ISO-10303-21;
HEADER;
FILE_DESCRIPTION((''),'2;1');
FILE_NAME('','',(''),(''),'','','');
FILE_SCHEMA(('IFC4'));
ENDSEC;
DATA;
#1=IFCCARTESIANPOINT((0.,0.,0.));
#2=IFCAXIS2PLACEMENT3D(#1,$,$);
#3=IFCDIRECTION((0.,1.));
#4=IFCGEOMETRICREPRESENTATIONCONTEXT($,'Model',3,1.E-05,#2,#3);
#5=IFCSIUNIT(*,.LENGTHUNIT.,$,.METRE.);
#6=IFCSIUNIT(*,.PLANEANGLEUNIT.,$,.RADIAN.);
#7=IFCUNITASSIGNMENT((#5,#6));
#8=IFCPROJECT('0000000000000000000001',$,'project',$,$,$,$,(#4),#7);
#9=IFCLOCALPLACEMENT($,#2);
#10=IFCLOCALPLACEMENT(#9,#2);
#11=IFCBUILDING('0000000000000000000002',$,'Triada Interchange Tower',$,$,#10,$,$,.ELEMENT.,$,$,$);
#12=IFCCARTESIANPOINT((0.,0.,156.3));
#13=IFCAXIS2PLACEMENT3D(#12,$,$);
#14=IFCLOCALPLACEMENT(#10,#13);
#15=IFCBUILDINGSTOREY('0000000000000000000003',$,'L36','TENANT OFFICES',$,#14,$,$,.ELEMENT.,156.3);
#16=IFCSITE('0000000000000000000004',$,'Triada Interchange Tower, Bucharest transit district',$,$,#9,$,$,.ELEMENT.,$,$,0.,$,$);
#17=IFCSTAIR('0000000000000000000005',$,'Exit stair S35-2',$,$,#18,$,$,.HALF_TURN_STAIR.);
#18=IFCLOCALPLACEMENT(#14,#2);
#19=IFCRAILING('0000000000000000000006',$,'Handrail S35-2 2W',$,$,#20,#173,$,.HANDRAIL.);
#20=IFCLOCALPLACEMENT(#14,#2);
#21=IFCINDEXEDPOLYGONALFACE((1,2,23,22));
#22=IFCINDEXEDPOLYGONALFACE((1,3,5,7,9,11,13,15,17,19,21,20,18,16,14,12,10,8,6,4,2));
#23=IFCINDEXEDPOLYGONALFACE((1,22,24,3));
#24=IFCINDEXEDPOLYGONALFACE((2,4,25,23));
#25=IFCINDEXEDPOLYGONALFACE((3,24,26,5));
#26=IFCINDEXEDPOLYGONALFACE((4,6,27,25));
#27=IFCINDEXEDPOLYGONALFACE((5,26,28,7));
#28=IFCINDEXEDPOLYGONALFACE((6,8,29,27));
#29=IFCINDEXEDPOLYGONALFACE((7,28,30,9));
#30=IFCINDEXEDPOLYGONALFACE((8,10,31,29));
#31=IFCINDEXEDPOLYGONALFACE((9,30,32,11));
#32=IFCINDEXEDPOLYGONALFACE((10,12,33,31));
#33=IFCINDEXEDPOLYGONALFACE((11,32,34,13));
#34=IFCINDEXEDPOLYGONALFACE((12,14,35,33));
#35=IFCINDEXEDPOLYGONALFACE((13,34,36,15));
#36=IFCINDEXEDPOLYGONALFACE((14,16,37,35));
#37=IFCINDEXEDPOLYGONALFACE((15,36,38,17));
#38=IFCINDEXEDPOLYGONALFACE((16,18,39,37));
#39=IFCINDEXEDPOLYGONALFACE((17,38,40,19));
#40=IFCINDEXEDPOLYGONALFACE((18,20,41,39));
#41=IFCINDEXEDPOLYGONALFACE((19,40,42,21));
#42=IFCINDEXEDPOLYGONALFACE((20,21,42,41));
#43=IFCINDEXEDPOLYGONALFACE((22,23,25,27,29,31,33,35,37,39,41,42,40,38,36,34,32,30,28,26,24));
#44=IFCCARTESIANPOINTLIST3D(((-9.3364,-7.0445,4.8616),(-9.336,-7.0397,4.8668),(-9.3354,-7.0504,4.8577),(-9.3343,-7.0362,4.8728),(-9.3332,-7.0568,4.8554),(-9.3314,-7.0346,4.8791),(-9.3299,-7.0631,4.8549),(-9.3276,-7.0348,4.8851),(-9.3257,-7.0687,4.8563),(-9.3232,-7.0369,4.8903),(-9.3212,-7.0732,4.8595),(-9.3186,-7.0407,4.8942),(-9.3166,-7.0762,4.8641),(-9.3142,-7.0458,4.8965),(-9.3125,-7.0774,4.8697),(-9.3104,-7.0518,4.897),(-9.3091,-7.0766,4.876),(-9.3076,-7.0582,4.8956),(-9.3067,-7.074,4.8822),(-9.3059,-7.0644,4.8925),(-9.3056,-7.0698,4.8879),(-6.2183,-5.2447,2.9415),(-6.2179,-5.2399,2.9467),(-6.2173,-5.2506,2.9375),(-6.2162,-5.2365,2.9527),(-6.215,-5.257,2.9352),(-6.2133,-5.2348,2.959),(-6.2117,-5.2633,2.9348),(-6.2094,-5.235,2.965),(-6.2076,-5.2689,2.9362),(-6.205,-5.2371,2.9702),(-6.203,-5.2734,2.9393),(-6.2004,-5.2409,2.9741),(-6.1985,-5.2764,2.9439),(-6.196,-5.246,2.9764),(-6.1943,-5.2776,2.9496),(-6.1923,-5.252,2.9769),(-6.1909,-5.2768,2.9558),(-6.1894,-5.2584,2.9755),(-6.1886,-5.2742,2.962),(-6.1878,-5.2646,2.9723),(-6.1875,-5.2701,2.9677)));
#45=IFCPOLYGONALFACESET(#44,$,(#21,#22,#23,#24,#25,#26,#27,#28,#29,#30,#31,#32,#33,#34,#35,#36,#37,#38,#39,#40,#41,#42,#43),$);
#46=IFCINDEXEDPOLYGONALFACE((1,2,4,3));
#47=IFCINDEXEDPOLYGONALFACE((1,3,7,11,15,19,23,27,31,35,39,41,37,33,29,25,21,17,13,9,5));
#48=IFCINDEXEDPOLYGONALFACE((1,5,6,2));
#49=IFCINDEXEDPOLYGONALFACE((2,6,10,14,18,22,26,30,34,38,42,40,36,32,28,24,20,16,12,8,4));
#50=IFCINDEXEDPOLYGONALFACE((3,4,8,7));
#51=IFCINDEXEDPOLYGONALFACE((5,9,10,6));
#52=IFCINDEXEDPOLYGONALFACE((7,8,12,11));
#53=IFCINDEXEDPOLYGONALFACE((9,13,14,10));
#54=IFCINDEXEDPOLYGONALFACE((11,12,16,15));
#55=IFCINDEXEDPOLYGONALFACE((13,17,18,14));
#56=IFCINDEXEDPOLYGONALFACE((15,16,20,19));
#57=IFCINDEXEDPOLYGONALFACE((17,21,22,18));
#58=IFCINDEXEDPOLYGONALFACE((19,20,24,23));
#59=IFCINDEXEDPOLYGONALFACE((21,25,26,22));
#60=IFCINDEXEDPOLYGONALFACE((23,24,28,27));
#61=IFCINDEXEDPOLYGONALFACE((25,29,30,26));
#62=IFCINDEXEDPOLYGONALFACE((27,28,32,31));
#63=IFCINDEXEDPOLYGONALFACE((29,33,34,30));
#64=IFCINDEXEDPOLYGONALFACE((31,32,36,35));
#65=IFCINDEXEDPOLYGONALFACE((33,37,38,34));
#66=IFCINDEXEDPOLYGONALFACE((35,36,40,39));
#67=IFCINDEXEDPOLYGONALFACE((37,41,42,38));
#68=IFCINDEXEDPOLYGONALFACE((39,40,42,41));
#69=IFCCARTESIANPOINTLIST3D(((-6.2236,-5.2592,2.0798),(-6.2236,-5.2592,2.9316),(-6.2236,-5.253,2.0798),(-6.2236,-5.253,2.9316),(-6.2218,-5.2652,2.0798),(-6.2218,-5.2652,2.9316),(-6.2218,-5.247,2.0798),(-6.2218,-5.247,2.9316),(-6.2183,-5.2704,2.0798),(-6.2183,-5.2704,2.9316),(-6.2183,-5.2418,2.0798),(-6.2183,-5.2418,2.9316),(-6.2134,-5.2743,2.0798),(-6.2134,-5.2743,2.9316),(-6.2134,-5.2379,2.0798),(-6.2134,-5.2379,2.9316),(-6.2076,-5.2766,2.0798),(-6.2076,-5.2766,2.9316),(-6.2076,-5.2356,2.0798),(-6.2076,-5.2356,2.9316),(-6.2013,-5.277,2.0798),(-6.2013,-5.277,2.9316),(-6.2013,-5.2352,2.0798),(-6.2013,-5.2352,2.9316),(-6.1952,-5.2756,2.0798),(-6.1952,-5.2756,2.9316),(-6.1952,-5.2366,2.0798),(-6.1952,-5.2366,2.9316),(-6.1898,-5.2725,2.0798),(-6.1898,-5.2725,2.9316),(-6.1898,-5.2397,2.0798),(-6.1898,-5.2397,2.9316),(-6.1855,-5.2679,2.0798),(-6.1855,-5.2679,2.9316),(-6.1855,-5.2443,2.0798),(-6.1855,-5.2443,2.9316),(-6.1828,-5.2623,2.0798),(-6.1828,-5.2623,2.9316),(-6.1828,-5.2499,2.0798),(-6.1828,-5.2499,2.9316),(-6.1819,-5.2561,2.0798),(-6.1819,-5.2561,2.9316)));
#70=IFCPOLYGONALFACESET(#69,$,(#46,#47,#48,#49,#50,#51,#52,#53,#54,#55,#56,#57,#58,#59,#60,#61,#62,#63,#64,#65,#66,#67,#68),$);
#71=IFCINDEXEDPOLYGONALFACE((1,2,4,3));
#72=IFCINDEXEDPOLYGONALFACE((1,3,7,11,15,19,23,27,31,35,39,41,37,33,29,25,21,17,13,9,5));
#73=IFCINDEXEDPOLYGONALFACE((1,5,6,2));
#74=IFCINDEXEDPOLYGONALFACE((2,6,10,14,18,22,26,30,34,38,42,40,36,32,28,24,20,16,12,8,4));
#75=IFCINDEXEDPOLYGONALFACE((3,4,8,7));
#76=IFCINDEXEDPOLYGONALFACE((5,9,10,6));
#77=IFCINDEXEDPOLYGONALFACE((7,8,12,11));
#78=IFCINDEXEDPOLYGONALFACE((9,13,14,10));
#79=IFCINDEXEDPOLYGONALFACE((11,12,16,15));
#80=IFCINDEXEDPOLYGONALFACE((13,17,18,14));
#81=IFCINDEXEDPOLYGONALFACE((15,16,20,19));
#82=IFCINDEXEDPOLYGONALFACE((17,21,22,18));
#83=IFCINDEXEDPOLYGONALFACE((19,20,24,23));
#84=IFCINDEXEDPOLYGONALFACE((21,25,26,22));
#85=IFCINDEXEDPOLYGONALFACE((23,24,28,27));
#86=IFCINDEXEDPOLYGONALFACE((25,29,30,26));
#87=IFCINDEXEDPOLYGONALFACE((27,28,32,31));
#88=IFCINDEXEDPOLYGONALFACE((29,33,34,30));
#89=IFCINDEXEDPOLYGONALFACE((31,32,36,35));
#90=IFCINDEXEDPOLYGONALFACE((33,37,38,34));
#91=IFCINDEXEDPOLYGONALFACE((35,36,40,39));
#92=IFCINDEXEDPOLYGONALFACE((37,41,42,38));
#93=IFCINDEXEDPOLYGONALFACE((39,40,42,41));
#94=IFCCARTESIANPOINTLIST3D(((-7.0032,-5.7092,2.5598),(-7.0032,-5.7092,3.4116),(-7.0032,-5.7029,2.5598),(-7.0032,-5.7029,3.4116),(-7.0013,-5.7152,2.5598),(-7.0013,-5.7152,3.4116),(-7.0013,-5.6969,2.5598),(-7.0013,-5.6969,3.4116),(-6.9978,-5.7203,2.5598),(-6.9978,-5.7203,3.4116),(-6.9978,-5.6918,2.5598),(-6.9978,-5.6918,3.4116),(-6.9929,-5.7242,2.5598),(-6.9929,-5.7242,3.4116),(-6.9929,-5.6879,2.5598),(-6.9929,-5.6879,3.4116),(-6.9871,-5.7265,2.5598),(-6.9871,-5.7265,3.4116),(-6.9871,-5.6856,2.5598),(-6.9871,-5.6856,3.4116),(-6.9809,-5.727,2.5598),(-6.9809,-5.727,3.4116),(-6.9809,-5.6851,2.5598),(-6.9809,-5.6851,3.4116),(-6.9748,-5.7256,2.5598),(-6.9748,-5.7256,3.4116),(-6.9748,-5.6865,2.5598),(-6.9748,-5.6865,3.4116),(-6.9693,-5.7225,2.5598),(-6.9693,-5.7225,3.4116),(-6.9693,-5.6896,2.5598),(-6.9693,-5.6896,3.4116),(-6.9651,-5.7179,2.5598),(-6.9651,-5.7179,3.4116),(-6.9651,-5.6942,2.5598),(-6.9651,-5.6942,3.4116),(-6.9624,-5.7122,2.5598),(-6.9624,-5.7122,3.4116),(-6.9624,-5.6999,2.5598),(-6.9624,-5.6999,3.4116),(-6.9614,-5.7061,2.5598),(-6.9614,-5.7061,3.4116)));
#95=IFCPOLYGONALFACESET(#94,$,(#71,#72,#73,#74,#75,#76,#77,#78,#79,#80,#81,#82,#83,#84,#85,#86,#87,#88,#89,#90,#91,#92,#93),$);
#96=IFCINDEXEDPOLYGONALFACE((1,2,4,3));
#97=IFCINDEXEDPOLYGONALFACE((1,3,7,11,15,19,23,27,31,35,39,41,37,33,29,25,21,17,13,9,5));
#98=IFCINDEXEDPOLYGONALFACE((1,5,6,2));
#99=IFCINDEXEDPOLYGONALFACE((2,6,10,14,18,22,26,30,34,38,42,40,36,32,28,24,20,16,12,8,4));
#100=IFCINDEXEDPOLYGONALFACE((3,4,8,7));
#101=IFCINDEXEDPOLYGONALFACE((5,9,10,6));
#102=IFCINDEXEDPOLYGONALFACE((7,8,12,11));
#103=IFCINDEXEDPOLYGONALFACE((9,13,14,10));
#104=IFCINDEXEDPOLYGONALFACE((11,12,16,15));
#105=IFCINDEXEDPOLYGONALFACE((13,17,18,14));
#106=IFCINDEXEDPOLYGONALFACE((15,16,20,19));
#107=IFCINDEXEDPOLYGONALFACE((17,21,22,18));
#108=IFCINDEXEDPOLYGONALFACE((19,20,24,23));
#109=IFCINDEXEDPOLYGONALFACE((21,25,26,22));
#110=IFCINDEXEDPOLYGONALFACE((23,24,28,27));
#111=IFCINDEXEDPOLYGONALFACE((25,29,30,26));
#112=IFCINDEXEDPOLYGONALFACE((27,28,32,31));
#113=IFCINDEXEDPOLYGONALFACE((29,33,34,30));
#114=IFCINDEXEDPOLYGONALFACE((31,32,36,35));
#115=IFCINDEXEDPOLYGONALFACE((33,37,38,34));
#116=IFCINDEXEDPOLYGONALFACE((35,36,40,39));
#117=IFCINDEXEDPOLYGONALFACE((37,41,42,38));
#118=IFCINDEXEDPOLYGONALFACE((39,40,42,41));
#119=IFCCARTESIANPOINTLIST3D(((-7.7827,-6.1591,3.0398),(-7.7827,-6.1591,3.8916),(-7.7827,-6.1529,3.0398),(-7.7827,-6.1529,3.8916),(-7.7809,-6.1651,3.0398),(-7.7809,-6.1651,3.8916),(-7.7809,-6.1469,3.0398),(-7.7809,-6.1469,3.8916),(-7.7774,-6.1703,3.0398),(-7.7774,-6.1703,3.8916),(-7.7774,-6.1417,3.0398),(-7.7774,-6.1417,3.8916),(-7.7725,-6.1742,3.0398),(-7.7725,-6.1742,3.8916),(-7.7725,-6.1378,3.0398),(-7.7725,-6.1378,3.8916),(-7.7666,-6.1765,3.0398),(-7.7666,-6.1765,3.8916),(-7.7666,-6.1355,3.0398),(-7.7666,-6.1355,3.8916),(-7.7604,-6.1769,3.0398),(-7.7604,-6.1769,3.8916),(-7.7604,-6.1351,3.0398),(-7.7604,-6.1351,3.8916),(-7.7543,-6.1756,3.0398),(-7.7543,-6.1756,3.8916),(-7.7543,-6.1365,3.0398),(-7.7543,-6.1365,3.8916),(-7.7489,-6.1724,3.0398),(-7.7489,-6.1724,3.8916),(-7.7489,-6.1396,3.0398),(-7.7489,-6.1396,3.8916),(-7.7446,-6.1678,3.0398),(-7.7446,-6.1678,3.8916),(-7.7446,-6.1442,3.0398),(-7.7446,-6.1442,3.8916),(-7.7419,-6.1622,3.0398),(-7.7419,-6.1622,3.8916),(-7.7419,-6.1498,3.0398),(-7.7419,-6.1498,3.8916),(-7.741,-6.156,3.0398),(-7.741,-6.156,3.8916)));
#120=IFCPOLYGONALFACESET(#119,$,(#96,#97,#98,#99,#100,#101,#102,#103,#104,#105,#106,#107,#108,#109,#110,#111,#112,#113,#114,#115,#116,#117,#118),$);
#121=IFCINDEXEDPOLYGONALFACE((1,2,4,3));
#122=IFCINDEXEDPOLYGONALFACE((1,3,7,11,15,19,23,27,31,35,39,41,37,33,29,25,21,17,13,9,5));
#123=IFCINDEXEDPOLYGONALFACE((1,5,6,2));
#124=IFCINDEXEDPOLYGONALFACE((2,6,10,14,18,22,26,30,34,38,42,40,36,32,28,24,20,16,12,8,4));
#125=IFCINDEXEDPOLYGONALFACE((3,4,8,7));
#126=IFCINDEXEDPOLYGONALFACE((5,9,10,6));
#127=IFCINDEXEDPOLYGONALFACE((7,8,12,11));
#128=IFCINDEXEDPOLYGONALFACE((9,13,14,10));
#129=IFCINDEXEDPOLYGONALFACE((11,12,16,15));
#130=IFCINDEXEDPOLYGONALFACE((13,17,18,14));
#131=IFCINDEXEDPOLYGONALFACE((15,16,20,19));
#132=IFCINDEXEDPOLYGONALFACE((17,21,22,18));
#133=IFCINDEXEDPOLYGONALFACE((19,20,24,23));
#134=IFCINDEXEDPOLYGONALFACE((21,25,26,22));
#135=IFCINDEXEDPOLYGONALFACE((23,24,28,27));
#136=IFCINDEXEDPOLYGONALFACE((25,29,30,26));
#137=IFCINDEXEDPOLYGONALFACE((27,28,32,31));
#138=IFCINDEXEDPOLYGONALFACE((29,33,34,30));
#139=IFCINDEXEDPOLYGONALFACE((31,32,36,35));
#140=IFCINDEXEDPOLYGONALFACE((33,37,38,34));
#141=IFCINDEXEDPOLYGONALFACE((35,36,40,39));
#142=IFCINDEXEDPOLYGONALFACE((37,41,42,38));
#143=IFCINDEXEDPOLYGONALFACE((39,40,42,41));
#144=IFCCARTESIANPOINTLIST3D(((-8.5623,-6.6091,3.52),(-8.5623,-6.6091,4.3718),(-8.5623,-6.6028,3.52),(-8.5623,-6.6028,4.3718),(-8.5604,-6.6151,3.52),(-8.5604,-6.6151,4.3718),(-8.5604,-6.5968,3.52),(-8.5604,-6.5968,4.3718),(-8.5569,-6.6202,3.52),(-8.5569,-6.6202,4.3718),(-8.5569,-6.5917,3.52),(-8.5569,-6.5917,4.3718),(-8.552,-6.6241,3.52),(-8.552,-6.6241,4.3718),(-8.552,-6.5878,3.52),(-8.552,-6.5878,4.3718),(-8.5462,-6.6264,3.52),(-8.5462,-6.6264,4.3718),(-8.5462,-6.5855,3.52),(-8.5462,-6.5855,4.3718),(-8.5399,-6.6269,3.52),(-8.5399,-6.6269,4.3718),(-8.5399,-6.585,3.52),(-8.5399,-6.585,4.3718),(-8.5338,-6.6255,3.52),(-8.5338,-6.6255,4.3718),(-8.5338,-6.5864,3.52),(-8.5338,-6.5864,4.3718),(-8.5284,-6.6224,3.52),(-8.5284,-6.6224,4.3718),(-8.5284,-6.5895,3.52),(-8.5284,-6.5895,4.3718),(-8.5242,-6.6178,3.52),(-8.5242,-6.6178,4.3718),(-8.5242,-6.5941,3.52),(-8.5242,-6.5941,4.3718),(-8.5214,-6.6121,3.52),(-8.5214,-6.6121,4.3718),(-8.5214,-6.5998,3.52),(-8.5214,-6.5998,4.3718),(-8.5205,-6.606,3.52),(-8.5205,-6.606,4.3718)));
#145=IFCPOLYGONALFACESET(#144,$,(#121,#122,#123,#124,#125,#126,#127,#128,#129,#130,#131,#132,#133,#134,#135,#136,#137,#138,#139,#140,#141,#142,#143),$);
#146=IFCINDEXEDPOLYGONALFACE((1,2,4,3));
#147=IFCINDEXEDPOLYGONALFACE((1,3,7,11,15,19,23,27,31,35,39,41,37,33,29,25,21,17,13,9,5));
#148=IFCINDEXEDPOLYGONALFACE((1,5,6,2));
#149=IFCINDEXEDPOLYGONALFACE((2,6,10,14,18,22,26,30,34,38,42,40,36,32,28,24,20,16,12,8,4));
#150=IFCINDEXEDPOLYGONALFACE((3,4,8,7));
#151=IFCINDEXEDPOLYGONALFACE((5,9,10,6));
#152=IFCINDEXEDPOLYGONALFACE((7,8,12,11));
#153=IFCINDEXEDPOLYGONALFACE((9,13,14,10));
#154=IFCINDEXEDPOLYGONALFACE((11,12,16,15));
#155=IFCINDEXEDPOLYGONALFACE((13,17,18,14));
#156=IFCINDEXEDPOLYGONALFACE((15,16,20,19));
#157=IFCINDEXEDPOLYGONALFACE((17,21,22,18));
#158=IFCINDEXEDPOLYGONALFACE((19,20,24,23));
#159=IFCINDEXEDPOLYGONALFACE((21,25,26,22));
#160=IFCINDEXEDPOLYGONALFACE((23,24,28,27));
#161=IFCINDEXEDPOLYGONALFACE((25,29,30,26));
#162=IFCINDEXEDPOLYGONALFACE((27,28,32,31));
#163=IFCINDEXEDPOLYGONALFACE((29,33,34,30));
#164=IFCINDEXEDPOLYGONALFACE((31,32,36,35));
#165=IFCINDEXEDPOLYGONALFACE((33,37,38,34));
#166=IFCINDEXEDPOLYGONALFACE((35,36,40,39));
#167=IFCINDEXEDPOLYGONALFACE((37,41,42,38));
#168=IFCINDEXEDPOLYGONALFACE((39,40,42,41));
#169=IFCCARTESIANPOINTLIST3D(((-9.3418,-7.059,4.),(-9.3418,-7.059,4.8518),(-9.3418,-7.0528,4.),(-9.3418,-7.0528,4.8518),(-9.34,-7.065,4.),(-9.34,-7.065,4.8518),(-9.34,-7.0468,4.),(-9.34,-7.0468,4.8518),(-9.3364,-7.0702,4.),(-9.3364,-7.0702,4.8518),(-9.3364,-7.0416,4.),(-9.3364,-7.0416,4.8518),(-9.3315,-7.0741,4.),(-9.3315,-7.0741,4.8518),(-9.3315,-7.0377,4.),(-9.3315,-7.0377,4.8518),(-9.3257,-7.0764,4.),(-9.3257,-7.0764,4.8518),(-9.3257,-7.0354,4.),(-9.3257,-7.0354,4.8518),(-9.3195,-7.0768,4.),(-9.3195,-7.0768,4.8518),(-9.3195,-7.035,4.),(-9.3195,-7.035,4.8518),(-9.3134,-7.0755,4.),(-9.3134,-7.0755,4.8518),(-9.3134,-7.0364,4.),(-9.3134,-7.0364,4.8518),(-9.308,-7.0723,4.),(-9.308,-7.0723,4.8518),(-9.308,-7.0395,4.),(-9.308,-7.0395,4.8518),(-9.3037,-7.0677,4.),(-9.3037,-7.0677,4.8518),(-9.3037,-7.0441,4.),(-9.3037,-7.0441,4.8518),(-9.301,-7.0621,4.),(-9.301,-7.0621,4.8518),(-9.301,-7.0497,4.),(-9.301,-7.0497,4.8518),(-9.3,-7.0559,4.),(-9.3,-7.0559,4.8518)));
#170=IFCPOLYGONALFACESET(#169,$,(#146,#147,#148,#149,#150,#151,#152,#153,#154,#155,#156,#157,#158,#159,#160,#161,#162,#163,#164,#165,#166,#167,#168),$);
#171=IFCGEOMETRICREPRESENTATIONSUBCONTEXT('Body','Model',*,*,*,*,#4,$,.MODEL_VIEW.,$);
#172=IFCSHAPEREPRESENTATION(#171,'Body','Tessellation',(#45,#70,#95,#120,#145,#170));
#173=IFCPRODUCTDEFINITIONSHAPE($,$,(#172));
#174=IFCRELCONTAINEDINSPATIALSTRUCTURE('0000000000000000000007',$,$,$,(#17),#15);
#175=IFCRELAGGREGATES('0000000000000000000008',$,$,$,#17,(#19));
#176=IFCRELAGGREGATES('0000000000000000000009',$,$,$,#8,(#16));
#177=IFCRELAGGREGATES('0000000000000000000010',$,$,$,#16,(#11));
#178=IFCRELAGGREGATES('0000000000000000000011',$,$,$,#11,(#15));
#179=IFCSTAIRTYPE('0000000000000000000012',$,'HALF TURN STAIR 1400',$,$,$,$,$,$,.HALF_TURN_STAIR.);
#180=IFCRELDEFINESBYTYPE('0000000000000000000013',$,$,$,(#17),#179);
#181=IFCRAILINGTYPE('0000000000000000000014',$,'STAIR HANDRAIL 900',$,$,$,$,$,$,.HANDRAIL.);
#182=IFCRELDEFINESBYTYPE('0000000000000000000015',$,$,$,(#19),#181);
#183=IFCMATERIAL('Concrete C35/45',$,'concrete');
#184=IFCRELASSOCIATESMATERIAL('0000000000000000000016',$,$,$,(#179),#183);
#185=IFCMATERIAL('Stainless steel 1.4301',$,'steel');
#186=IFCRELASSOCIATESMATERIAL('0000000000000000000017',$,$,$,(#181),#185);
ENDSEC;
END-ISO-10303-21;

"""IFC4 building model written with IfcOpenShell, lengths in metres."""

from ifc_helpers import new_model, si_unit, direction, frame, origin, origin_2d, place, context, subcontext, project, spatial, circle, extrude, material, type_object, element, aggregate, save


model = new_model("IFC4")

# Units and contexts
model_context = context("Model", 3, precision=1e-05, world=origin(), true_north=direction((0.0, 1.0)))
body_context = subcontext(model_context, "Body", "Model", "MODEL_VIEW")
ifc_project = project(units=[si_unit("LENGTHUNIT", "METRE"), si_unit("PLANEANGLEUNIT", "RADIAN")], contexts=[model_context])

# Site, building, storey
site_placement = place(None, origin())
site = spatial("IfcSite", under=ifc_project, at=site_placement, Name="Triada Interchange Tower, Bucharest transit district", CompositionType="ELEMENT", RefElevation=0.0)
building_placement = place(site_placement, origin())
building = spatial("IfcBuilding", under=site, at=building_placement, Name="Triada Interchange Tower", CompositionType="ELEMENT")
storey_placement = place(building_placement, frame((0.0, 0.0, 156.3)))
storey = spatial("IfcBuildingStorey", under=building, at=storey_placement, Name="L36", Description="TENANT OFFICES", CompositionType="ELEMENT", Elevation=156.3)

# Stair, railing
ifc_material_1 = material(Name="Concrete C35/45", Category="concrete")
stair_type = type_object("IfcStairType", Name="HALF TURN STAIR 1400", PredefinedType="HALF_TURN_STAIR", material=ifc_material_1)
stair_placement = place(storey_placement, origin())
stair = element("IfcStair", 1, at=stair_placement, inside=storey, type_object=stair_type, Name="Exit stair S35-2", PredefinedType="HALF_TURN_STAIR")
ifc_material_2 = material(Name="Stainless steel 1.4301", Category="steel")
railing_type = type_object("IfcRailingType", Name="STAIR HANDRAIL 900", PredefinedType="HANDRAIL", material=ifc_material_2)
railing_1_placement = place(storey_placement, frame((-6.2029, -5.2561, 2.0798)))
railing_1 = element("IfcRailing", 2, at=railing_1_placement, type_object=railing_type, Name="Handrail S35-2 2W", PredefinedType="HANDRAIL", context=body_context, shape_type="SweptSolid", body=[
    extrude(circle(Radius=0.0239, at=origin_2d()), frame((0.0, 0.0, 0.876), z_axis=(-0.76419, -0.44109, 0.470588), x_axis=(0.499902, -0.866082, 0.0)), (0.0, 0.0, 1.0), 4.0803),
    extrude(circle(Radius=0.021, at=origin_2d()), origin(), (0.0, 0.0, 1.0), 0.8518),
    extrude(circle(Radius=0.021, at=origin_2d()), frame((-0.7795, -0.45, 0.48)), (0.0, 0.0, 1.0), 0.8518),
    extrude(circle(Radius=0.021, at=origin_2d()), frame((-1.5591, -0.8999, 0.96)), (0.0, 0.0, 1.0), 0.8518),
    extrude(circle(Radius=0.021, at=origin_2d()), frame((-2.3386, -1.3499, 1.4402)), (0.0, 0.0, 1.0), 0.8518),
    extrude(circle(Radius=0.021, at=origin_2d()), frame((-3.1182, -1.7998, 1.9202)), (0.0, 0.0, 1.0), 0.8518),
])
aggregate(stair, [railing_1])

save(model, "model.ifc")
